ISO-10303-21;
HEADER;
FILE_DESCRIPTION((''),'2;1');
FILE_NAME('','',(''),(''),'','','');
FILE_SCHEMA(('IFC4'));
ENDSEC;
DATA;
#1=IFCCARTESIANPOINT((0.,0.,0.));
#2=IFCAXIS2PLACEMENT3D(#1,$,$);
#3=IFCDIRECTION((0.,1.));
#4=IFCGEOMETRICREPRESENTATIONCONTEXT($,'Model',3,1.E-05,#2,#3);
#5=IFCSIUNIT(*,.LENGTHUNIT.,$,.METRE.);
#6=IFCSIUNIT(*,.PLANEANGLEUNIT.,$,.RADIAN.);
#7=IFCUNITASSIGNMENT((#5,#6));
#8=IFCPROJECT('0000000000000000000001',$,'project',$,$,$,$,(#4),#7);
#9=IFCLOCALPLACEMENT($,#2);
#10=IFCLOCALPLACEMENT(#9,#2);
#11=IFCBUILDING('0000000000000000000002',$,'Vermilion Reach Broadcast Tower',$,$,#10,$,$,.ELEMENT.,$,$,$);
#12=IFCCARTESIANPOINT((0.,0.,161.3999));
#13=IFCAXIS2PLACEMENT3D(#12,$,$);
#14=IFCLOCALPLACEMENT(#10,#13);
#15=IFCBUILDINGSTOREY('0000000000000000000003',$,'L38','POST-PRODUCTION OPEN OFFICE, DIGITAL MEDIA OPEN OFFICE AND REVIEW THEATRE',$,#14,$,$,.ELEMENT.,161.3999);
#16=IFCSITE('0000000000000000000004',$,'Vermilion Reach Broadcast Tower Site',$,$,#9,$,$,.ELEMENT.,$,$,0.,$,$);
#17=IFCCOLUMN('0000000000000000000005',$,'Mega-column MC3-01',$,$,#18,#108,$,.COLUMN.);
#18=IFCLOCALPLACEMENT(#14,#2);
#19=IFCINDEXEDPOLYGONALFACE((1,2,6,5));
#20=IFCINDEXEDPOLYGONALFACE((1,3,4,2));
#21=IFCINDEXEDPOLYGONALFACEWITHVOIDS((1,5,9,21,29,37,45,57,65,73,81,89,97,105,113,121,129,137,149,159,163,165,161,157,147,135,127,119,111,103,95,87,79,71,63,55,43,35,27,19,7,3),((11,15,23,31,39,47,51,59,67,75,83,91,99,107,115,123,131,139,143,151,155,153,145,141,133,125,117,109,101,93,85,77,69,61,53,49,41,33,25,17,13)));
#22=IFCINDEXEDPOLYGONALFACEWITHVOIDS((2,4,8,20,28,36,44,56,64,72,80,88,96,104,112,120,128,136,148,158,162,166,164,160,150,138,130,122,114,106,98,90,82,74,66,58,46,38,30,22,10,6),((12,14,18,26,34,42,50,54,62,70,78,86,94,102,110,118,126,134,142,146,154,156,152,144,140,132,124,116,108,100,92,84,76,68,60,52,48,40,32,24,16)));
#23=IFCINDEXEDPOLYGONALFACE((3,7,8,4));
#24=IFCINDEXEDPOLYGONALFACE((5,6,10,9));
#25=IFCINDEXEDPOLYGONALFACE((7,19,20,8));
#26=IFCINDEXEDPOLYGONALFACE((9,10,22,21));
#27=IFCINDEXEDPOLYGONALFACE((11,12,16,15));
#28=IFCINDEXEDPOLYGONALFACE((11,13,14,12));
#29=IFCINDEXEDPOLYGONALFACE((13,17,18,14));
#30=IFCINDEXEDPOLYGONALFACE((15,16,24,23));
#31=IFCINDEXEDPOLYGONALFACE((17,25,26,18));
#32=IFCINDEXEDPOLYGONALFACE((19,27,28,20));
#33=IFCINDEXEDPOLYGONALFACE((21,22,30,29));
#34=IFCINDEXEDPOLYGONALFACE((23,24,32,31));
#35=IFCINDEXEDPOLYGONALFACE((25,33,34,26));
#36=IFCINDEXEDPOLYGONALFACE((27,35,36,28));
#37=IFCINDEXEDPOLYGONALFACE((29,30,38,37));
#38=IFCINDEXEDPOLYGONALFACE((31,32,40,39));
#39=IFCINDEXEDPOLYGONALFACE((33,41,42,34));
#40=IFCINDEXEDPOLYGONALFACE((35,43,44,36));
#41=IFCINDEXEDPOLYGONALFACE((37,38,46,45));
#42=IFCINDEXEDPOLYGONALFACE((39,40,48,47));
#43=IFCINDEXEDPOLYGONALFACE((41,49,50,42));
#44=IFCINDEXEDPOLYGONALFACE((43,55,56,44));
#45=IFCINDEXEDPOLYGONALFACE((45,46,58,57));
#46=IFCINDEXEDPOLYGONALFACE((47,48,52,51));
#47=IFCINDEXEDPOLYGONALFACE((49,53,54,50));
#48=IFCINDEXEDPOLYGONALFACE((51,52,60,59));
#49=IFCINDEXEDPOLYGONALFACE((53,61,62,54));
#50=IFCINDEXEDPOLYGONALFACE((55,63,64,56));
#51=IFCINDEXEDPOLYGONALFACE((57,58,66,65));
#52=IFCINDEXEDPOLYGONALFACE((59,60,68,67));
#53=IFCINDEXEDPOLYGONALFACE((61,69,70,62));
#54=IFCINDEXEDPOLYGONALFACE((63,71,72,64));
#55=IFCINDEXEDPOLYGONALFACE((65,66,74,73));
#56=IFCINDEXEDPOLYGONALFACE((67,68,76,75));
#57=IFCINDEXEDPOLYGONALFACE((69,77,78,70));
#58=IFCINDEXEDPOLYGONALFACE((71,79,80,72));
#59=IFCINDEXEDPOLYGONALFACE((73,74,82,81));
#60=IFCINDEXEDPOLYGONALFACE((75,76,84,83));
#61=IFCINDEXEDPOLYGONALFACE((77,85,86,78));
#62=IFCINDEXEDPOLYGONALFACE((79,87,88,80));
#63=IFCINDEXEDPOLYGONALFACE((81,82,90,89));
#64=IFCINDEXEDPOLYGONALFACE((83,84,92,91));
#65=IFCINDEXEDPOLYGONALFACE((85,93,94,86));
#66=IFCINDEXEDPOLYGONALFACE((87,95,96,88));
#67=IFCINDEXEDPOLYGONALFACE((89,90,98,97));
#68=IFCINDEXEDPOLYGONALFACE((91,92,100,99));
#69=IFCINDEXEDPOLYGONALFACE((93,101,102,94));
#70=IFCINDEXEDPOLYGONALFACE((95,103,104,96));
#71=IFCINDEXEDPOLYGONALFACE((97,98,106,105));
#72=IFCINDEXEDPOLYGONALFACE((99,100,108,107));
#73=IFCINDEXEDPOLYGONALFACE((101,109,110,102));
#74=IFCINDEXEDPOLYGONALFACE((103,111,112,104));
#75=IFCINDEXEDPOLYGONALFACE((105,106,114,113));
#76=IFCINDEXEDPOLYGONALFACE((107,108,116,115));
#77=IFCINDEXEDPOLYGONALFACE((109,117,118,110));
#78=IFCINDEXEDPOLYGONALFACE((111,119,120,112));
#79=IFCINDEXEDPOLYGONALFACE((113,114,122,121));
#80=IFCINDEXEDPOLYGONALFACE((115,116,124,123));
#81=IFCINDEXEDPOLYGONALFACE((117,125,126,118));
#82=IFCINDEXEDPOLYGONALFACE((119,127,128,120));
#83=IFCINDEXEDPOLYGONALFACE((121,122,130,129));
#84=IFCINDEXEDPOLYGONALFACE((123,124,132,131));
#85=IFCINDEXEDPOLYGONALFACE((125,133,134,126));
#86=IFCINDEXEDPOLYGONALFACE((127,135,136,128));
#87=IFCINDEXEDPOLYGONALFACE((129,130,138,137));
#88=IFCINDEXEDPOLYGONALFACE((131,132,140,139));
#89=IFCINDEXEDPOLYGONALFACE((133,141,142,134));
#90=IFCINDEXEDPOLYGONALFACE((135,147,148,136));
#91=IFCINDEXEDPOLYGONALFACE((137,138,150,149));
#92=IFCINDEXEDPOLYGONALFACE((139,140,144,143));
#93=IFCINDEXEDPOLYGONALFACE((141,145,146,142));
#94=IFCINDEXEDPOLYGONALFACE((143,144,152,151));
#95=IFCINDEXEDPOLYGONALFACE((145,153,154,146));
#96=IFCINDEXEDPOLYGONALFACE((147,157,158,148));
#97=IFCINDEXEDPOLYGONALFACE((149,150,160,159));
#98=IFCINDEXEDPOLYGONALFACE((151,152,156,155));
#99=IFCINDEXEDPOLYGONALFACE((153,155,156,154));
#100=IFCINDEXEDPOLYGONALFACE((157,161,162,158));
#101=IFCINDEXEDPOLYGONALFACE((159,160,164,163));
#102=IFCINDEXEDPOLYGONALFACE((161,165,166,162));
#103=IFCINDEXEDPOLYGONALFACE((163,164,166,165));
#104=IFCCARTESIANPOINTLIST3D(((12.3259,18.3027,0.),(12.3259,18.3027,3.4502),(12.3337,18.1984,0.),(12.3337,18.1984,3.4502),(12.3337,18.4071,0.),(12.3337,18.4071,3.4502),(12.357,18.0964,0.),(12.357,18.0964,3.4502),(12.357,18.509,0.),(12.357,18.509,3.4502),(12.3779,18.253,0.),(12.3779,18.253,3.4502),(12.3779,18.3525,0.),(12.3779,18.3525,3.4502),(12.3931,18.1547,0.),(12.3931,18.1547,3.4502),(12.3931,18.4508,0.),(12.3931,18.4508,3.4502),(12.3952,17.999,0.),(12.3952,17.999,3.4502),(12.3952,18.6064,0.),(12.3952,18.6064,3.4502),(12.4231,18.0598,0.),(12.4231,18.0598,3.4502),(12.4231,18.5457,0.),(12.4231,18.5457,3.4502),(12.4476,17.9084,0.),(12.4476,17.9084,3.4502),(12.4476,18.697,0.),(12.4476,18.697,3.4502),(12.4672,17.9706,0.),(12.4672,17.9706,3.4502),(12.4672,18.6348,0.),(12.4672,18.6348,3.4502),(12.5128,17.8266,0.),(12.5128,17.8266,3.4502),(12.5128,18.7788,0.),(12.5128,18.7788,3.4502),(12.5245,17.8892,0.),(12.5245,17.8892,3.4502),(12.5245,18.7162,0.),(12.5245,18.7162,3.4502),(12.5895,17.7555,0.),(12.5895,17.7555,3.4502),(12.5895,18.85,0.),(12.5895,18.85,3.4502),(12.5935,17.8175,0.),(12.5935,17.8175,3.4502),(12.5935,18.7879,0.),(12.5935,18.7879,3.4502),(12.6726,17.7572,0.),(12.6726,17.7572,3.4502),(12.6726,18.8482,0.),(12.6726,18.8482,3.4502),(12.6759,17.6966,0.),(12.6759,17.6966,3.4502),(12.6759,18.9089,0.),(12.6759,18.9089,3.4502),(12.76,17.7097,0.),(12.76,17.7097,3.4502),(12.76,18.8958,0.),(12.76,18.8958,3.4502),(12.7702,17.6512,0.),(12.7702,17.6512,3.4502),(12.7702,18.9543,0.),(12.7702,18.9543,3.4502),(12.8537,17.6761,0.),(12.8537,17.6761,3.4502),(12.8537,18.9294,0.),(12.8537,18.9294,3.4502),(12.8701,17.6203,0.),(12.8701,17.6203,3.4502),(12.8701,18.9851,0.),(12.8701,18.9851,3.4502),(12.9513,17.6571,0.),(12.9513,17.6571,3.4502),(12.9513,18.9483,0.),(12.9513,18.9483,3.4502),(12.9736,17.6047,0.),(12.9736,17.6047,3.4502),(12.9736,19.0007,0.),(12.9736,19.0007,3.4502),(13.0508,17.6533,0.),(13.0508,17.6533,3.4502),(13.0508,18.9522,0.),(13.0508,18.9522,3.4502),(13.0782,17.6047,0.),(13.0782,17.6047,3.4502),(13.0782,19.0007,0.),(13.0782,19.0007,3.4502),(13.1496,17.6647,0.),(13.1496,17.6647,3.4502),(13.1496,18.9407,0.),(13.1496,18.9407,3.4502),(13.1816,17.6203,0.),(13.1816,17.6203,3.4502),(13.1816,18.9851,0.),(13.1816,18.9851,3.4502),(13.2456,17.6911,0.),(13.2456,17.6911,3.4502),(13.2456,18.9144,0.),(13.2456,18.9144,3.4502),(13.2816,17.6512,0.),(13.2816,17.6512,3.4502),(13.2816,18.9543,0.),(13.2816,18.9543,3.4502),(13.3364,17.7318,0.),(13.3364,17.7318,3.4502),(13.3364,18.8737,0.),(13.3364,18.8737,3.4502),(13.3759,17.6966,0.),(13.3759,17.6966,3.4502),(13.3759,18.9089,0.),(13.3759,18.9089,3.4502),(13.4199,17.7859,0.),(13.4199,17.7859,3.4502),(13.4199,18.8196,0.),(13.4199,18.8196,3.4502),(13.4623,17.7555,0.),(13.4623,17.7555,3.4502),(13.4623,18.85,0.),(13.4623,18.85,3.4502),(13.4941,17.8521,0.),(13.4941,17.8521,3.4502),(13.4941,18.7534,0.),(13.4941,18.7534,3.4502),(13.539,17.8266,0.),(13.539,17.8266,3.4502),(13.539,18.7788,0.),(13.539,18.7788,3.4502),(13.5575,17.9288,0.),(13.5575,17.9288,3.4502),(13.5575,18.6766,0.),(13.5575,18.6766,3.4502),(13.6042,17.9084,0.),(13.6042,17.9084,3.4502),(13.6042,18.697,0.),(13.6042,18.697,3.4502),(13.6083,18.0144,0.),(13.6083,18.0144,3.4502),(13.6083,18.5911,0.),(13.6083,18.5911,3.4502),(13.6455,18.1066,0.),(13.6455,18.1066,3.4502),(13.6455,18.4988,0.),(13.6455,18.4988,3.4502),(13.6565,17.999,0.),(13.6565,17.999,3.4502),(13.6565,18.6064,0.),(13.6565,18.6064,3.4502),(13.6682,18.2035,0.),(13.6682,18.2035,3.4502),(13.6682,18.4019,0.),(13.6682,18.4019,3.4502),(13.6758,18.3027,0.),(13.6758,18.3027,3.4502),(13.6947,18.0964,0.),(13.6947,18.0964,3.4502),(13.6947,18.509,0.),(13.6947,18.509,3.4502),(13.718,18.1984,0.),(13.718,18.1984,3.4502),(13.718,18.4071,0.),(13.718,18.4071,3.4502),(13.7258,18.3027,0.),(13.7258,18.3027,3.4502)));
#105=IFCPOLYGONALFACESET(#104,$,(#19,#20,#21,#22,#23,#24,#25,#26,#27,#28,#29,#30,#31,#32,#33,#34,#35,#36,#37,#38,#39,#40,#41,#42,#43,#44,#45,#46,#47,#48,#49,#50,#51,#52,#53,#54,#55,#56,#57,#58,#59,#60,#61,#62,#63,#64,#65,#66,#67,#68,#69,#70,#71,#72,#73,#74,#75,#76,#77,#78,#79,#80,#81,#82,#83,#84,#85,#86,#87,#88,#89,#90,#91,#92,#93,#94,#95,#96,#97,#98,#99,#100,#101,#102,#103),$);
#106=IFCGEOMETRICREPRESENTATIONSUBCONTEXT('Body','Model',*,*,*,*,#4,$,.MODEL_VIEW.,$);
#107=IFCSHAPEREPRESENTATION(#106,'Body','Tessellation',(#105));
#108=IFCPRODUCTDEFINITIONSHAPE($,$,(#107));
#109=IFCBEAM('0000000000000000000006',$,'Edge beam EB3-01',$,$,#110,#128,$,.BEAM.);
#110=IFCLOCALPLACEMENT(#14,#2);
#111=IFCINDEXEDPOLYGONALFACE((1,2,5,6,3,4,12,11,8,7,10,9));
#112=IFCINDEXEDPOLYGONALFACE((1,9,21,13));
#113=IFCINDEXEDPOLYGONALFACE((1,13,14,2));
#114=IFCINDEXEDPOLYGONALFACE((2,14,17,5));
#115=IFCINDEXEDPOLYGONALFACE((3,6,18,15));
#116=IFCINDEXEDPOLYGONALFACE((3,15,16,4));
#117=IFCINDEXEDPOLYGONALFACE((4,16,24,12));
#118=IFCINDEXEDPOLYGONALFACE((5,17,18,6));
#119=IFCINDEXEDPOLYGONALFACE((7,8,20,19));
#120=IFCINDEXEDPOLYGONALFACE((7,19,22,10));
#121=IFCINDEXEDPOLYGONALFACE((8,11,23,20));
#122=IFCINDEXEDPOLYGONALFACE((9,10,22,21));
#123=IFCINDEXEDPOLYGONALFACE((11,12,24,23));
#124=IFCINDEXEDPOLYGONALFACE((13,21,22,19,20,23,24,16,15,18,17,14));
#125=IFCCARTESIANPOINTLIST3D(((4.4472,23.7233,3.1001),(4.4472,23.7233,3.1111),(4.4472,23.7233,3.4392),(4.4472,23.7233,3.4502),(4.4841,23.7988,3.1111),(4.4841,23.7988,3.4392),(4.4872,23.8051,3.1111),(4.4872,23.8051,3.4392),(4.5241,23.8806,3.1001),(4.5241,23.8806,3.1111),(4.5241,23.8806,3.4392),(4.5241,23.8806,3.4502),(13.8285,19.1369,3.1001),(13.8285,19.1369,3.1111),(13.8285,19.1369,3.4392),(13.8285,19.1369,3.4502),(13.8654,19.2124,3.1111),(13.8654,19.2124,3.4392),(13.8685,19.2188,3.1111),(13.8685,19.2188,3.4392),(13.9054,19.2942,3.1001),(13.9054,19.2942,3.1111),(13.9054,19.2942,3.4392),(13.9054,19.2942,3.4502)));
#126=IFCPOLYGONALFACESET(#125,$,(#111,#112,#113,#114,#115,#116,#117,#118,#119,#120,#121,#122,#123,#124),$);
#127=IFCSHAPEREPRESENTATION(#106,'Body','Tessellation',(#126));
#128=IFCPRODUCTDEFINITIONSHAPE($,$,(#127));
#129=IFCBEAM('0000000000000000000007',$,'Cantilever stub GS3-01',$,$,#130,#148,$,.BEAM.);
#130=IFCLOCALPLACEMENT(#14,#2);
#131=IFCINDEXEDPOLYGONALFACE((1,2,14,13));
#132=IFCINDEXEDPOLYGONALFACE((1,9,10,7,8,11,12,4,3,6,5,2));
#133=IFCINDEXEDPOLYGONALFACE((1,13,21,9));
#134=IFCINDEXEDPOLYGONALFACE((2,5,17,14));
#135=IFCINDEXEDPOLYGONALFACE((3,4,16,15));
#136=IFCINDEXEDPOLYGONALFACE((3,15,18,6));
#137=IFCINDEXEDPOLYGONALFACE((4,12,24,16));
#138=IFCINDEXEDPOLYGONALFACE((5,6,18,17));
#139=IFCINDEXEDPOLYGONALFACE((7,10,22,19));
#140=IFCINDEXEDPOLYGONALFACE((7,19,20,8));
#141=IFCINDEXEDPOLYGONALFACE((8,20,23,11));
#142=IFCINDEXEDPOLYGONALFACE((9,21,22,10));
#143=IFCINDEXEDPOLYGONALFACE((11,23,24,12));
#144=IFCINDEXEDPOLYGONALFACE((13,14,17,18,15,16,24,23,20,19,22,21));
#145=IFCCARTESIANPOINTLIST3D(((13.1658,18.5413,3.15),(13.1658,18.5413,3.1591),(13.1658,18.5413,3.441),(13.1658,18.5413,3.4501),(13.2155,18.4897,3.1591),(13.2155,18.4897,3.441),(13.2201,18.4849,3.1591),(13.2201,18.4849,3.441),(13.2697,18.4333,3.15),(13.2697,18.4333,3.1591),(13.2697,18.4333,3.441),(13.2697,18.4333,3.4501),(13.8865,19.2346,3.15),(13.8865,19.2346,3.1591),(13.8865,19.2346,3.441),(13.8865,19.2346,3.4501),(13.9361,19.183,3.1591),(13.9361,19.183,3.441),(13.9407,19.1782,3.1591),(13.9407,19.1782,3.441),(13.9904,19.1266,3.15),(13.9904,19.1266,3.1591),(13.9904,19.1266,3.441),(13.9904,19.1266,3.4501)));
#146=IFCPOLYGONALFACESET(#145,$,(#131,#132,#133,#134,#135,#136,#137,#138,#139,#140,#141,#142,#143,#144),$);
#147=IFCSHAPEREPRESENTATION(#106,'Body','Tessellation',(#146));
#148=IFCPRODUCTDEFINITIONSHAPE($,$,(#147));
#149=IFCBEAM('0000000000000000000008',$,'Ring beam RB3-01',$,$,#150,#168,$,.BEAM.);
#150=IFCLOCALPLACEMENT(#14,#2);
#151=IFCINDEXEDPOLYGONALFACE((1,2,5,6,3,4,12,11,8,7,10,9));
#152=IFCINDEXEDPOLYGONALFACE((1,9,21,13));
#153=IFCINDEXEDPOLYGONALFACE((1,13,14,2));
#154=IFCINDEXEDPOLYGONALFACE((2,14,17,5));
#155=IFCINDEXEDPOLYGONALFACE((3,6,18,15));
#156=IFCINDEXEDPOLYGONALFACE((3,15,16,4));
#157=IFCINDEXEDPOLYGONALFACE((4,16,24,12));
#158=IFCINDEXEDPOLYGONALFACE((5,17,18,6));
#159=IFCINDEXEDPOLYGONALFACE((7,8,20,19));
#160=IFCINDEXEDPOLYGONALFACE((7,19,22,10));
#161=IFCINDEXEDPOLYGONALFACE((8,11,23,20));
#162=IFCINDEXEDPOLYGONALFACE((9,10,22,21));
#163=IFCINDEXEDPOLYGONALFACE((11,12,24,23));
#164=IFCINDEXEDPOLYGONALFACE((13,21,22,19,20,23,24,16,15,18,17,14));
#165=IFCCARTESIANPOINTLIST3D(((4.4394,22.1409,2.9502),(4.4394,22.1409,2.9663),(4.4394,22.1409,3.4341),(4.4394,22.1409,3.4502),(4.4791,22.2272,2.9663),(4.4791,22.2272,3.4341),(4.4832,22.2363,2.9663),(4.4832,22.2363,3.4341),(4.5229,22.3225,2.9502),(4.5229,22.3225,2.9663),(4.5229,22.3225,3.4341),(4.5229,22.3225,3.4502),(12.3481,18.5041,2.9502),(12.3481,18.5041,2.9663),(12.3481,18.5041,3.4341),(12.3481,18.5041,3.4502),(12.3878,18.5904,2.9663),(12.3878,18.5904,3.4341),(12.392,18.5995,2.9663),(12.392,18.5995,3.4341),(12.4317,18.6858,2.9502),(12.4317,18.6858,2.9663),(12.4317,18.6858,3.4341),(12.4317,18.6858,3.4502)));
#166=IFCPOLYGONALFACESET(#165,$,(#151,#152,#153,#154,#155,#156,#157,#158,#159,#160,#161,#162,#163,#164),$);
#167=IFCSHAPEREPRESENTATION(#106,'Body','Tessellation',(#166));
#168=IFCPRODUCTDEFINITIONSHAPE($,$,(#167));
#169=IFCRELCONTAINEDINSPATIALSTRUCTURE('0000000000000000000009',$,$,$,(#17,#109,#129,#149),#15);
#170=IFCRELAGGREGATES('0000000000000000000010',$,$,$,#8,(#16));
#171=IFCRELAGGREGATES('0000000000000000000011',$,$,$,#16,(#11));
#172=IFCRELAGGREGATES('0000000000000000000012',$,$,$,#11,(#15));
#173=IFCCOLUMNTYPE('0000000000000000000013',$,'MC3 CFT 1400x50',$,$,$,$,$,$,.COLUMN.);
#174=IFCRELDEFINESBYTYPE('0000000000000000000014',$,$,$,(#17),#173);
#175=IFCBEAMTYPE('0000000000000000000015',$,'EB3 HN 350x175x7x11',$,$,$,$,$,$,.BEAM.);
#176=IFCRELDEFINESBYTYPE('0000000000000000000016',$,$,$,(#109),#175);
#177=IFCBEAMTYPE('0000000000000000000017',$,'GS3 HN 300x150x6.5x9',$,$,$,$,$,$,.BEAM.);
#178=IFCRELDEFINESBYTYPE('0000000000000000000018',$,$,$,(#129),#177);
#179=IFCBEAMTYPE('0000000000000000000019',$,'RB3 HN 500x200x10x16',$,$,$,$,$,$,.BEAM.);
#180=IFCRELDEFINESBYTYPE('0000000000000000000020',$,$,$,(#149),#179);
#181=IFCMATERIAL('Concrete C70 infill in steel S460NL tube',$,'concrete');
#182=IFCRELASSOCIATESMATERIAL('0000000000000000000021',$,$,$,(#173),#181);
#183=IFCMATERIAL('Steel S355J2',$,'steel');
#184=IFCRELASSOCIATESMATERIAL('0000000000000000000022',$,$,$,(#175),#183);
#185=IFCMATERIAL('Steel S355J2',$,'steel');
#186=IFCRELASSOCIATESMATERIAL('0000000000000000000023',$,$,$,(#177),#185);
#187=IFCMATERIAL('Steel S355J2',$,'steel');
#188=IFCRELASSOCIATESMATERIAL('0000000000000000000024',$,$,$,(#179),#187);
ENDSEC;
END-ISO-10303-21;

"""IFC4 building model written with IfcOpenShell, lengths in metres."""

from ifc_helpers import new_model, si_unit, direction, frame, origin, origin_2d, place, context, subcontext, project, spatial, hollow_circle, i_section, extrude, material, material_profile, profile_set, type_object, element, save


model = new_model("IFC4")

# Units and contexts
model_context = context("Model", 3, precision=1e-05, world=origin(), true_north=direction((0.0, 1.0)))
body_context = subcontext(model_context, "Body", "Model", "MODEL_VIEW")
ifc_project = project(units=[si_unit("LENGTHUNIT", "METRE"), si_unit("PLANEANGLEUNIT", "RADIAN")], contexts=[model_context])

# Site, building, storey
site_placement = place(None, origin())
site = spatial("IfcSite", under=ifc_project, at=site_placement, Name="Vermilion Reach Broadcast Tower Site", CompositionType="ELEMENT", RefElevation=0.0)
building_placement = place(site_placement, origin())
building = spatial("IfcBuilding", under=site, at=building_placement, Name="Vermilion Reach Broadcast Tower", CompositionType="ELEMENT")
storey_placement = place(building_placement, frame((0.0, 0.0, 161.3999)))
storey = spatial("IfcBuildingStorey", under=building, at=storey_placement, Name="L38", Description="POST-PRODUCTION OPEN OFFICE, DIGITAL MEDIA OPEN OFFICE AND REVIEW THEATRE", CompositionType="ELEMENT", Elevation=161.3999)

# Column
ifc_material_1 = material(Name="Concrete C70 infill in steel S460NL tube", Category="concrete")
ifc_material_profile_1 = material_profile(ifc_material_1, hollow_circle(Radius=0.7, WallThickness=0.05, at=origin_2d()), Name="Concrete C70 infill in steel S460NL tube CFT 1400x50")
ifc_profile_set_1 = profile_set([ifc_material_profile_1], Name="Concrete C70 infill in steel S460NL tube")
column_type = type_object("IfcColumnType", Name="MC3 CFT 1400x50", PredefinedType="COLUMN", material=ifc_profile_set_1)
column_placement = place(storey_placement, frame((13.0259, 18.3027, 0.0), z_axis=(0.0, 0.0, 1.0), x_axis=(1.0, 0.0, 0.0)))
element("IfcColumn", 1, at=column_placement, inside=storey, type_object=column_type, Name="Mega-column MC3-01", PredefinedType="COLUMN", context=body_context, shape_type="SweptSolid", body=[
    extrude(hollow_circle(Radius=0.7, WallThickness=0.05, at=origin_2d()), origin(), (0.0, 0.0, 1.0), 3.4502),
])

# Beams
ifc_material_2 = material(Name="Steel S355J2", Category="steel")
ifc_material_profile_2 = material_profile(ifc_material_2, i_section(OverallWidth=0.175, OverallDepth=0.3501, WebThickness=0.0071, FlangeThickness=0.011, at=origin_2d()), Name="S355J2 HN 350x175x7x11")
ifc_profile_set_2 = profile_set([ifc_material_profile_2], Name="Steel S355J2")
beam_type_1 = type_object("IfcBeamType", Name="EB3 HN 350x175x7x11", PredefinedType="BEAM", material=ifc_profile_set_2)
beam_1_placement = place(storey_placement, frame((13.8669, 19.2156, 3.2751), z_axis=(-0.898385, 0.439209, 0.0), x_axis=(-0.439209, -0.898385, 0.0)))
element("IfcBeam", 2, at=beam_1_placement, inside=storey, type_object=beam_type_1, Name="Edge beam EB3-01", PredefinedType="BEAM", context=body_context, shape_type="SweptSolid", body=[
    extrude(i_section(OverallWidth=0.175, OverallDepth=0.3501, WebThickness=0.0071, FlangeThickness=0.011, at=origin_2d()), origin(), (0.0, 0.0, 1.0), 10.4424),
])
ifc_material_3 = material(Name="Steel S355J2", Category="steel")
ifc_material_profile_3 = material_profile(ifc_material_3, i_section(OverallWidth=0.1499, OverallDepth=0.3, WebThickness=0.0066, FlangeThickness=0.009, at=origin_2d()), Name="S355J2 HN 300x150x6.5x9")
ifc_profile_set_3 = profile_set([ifc_material_profile_3], Name="Steel S355J2")
beam_type_2 = type_object("IfcBeamType", Name="GS3 HN 300x150x6.5x9", PredefinedType="BEAM", material=ifc_profile_set_3)
beam_2_placement = place(storey_placement, frame((13.2178, 18.4873, 3.3), z_axis=(0.720645, 0.693304, 0.0), x_axis=(-0.693304, 0.720645, 0.0)))
element("IfcBeam", 3, at=beam_2_placement, inside=storey, type_object=beam_type_2, Name="Cantilever stub GS3-01", PredefinedType="BEAM", context=body_context, shape_type="SweptSolid", body=[
    extrude(i_section(OverallWidth=0.1499, OverallDepth=0.3, WebThickness=0.0066, FlangeThickness=0.009, at=origin_2d()), origin(), (0.0, 0.0, 1.0), 1.0),
])
ifc_material_4 = material(Name="Steel S355J2", Category="steel")
ifc_material_profile_4 = material_profile(ifc_material_4, i_section(OverallWidth=0.2, OverallDepth=0.5, WebThickness=0.01, FlangeThickness=0.0161, at=origin_2d()), Name="S355J2 HN 500x200x10x16")
ifc_profile_set_4 = profile_set([ifc_material_profile_4], Name="Steel S355J2")
beam_type_3 = type_object("IfcBeamType", Name="RB3 HN 500x200x10x16", PredefinedType="BEAM", material=ifc_profile_set_4)
beam_3_placement = place(storey_placement, frame((12.3899, 18.595, 3.2002), z_axis=(-0.908546, 0.417784, 0.0), x_axis=(-0.417784, -0.908546, 0.0)))
element("IfcBeam", 4, at=beam_3_placement, inside=storey, type_object=beam_type_3, Name="Ring beam RB3-01", PredefinedType="BEAM", context=body_context, shape_type="SweptSolid", body=[
    extrude(i_section(OverallWidth=0.2, OverallDepth=0.5, WebThickness=0.01, FlangeThickness=0.0161, at=origin_2d()), origin(), (0.0, 0.0, 1.0), 8.7048),
])

save(model, "model.ifc")
